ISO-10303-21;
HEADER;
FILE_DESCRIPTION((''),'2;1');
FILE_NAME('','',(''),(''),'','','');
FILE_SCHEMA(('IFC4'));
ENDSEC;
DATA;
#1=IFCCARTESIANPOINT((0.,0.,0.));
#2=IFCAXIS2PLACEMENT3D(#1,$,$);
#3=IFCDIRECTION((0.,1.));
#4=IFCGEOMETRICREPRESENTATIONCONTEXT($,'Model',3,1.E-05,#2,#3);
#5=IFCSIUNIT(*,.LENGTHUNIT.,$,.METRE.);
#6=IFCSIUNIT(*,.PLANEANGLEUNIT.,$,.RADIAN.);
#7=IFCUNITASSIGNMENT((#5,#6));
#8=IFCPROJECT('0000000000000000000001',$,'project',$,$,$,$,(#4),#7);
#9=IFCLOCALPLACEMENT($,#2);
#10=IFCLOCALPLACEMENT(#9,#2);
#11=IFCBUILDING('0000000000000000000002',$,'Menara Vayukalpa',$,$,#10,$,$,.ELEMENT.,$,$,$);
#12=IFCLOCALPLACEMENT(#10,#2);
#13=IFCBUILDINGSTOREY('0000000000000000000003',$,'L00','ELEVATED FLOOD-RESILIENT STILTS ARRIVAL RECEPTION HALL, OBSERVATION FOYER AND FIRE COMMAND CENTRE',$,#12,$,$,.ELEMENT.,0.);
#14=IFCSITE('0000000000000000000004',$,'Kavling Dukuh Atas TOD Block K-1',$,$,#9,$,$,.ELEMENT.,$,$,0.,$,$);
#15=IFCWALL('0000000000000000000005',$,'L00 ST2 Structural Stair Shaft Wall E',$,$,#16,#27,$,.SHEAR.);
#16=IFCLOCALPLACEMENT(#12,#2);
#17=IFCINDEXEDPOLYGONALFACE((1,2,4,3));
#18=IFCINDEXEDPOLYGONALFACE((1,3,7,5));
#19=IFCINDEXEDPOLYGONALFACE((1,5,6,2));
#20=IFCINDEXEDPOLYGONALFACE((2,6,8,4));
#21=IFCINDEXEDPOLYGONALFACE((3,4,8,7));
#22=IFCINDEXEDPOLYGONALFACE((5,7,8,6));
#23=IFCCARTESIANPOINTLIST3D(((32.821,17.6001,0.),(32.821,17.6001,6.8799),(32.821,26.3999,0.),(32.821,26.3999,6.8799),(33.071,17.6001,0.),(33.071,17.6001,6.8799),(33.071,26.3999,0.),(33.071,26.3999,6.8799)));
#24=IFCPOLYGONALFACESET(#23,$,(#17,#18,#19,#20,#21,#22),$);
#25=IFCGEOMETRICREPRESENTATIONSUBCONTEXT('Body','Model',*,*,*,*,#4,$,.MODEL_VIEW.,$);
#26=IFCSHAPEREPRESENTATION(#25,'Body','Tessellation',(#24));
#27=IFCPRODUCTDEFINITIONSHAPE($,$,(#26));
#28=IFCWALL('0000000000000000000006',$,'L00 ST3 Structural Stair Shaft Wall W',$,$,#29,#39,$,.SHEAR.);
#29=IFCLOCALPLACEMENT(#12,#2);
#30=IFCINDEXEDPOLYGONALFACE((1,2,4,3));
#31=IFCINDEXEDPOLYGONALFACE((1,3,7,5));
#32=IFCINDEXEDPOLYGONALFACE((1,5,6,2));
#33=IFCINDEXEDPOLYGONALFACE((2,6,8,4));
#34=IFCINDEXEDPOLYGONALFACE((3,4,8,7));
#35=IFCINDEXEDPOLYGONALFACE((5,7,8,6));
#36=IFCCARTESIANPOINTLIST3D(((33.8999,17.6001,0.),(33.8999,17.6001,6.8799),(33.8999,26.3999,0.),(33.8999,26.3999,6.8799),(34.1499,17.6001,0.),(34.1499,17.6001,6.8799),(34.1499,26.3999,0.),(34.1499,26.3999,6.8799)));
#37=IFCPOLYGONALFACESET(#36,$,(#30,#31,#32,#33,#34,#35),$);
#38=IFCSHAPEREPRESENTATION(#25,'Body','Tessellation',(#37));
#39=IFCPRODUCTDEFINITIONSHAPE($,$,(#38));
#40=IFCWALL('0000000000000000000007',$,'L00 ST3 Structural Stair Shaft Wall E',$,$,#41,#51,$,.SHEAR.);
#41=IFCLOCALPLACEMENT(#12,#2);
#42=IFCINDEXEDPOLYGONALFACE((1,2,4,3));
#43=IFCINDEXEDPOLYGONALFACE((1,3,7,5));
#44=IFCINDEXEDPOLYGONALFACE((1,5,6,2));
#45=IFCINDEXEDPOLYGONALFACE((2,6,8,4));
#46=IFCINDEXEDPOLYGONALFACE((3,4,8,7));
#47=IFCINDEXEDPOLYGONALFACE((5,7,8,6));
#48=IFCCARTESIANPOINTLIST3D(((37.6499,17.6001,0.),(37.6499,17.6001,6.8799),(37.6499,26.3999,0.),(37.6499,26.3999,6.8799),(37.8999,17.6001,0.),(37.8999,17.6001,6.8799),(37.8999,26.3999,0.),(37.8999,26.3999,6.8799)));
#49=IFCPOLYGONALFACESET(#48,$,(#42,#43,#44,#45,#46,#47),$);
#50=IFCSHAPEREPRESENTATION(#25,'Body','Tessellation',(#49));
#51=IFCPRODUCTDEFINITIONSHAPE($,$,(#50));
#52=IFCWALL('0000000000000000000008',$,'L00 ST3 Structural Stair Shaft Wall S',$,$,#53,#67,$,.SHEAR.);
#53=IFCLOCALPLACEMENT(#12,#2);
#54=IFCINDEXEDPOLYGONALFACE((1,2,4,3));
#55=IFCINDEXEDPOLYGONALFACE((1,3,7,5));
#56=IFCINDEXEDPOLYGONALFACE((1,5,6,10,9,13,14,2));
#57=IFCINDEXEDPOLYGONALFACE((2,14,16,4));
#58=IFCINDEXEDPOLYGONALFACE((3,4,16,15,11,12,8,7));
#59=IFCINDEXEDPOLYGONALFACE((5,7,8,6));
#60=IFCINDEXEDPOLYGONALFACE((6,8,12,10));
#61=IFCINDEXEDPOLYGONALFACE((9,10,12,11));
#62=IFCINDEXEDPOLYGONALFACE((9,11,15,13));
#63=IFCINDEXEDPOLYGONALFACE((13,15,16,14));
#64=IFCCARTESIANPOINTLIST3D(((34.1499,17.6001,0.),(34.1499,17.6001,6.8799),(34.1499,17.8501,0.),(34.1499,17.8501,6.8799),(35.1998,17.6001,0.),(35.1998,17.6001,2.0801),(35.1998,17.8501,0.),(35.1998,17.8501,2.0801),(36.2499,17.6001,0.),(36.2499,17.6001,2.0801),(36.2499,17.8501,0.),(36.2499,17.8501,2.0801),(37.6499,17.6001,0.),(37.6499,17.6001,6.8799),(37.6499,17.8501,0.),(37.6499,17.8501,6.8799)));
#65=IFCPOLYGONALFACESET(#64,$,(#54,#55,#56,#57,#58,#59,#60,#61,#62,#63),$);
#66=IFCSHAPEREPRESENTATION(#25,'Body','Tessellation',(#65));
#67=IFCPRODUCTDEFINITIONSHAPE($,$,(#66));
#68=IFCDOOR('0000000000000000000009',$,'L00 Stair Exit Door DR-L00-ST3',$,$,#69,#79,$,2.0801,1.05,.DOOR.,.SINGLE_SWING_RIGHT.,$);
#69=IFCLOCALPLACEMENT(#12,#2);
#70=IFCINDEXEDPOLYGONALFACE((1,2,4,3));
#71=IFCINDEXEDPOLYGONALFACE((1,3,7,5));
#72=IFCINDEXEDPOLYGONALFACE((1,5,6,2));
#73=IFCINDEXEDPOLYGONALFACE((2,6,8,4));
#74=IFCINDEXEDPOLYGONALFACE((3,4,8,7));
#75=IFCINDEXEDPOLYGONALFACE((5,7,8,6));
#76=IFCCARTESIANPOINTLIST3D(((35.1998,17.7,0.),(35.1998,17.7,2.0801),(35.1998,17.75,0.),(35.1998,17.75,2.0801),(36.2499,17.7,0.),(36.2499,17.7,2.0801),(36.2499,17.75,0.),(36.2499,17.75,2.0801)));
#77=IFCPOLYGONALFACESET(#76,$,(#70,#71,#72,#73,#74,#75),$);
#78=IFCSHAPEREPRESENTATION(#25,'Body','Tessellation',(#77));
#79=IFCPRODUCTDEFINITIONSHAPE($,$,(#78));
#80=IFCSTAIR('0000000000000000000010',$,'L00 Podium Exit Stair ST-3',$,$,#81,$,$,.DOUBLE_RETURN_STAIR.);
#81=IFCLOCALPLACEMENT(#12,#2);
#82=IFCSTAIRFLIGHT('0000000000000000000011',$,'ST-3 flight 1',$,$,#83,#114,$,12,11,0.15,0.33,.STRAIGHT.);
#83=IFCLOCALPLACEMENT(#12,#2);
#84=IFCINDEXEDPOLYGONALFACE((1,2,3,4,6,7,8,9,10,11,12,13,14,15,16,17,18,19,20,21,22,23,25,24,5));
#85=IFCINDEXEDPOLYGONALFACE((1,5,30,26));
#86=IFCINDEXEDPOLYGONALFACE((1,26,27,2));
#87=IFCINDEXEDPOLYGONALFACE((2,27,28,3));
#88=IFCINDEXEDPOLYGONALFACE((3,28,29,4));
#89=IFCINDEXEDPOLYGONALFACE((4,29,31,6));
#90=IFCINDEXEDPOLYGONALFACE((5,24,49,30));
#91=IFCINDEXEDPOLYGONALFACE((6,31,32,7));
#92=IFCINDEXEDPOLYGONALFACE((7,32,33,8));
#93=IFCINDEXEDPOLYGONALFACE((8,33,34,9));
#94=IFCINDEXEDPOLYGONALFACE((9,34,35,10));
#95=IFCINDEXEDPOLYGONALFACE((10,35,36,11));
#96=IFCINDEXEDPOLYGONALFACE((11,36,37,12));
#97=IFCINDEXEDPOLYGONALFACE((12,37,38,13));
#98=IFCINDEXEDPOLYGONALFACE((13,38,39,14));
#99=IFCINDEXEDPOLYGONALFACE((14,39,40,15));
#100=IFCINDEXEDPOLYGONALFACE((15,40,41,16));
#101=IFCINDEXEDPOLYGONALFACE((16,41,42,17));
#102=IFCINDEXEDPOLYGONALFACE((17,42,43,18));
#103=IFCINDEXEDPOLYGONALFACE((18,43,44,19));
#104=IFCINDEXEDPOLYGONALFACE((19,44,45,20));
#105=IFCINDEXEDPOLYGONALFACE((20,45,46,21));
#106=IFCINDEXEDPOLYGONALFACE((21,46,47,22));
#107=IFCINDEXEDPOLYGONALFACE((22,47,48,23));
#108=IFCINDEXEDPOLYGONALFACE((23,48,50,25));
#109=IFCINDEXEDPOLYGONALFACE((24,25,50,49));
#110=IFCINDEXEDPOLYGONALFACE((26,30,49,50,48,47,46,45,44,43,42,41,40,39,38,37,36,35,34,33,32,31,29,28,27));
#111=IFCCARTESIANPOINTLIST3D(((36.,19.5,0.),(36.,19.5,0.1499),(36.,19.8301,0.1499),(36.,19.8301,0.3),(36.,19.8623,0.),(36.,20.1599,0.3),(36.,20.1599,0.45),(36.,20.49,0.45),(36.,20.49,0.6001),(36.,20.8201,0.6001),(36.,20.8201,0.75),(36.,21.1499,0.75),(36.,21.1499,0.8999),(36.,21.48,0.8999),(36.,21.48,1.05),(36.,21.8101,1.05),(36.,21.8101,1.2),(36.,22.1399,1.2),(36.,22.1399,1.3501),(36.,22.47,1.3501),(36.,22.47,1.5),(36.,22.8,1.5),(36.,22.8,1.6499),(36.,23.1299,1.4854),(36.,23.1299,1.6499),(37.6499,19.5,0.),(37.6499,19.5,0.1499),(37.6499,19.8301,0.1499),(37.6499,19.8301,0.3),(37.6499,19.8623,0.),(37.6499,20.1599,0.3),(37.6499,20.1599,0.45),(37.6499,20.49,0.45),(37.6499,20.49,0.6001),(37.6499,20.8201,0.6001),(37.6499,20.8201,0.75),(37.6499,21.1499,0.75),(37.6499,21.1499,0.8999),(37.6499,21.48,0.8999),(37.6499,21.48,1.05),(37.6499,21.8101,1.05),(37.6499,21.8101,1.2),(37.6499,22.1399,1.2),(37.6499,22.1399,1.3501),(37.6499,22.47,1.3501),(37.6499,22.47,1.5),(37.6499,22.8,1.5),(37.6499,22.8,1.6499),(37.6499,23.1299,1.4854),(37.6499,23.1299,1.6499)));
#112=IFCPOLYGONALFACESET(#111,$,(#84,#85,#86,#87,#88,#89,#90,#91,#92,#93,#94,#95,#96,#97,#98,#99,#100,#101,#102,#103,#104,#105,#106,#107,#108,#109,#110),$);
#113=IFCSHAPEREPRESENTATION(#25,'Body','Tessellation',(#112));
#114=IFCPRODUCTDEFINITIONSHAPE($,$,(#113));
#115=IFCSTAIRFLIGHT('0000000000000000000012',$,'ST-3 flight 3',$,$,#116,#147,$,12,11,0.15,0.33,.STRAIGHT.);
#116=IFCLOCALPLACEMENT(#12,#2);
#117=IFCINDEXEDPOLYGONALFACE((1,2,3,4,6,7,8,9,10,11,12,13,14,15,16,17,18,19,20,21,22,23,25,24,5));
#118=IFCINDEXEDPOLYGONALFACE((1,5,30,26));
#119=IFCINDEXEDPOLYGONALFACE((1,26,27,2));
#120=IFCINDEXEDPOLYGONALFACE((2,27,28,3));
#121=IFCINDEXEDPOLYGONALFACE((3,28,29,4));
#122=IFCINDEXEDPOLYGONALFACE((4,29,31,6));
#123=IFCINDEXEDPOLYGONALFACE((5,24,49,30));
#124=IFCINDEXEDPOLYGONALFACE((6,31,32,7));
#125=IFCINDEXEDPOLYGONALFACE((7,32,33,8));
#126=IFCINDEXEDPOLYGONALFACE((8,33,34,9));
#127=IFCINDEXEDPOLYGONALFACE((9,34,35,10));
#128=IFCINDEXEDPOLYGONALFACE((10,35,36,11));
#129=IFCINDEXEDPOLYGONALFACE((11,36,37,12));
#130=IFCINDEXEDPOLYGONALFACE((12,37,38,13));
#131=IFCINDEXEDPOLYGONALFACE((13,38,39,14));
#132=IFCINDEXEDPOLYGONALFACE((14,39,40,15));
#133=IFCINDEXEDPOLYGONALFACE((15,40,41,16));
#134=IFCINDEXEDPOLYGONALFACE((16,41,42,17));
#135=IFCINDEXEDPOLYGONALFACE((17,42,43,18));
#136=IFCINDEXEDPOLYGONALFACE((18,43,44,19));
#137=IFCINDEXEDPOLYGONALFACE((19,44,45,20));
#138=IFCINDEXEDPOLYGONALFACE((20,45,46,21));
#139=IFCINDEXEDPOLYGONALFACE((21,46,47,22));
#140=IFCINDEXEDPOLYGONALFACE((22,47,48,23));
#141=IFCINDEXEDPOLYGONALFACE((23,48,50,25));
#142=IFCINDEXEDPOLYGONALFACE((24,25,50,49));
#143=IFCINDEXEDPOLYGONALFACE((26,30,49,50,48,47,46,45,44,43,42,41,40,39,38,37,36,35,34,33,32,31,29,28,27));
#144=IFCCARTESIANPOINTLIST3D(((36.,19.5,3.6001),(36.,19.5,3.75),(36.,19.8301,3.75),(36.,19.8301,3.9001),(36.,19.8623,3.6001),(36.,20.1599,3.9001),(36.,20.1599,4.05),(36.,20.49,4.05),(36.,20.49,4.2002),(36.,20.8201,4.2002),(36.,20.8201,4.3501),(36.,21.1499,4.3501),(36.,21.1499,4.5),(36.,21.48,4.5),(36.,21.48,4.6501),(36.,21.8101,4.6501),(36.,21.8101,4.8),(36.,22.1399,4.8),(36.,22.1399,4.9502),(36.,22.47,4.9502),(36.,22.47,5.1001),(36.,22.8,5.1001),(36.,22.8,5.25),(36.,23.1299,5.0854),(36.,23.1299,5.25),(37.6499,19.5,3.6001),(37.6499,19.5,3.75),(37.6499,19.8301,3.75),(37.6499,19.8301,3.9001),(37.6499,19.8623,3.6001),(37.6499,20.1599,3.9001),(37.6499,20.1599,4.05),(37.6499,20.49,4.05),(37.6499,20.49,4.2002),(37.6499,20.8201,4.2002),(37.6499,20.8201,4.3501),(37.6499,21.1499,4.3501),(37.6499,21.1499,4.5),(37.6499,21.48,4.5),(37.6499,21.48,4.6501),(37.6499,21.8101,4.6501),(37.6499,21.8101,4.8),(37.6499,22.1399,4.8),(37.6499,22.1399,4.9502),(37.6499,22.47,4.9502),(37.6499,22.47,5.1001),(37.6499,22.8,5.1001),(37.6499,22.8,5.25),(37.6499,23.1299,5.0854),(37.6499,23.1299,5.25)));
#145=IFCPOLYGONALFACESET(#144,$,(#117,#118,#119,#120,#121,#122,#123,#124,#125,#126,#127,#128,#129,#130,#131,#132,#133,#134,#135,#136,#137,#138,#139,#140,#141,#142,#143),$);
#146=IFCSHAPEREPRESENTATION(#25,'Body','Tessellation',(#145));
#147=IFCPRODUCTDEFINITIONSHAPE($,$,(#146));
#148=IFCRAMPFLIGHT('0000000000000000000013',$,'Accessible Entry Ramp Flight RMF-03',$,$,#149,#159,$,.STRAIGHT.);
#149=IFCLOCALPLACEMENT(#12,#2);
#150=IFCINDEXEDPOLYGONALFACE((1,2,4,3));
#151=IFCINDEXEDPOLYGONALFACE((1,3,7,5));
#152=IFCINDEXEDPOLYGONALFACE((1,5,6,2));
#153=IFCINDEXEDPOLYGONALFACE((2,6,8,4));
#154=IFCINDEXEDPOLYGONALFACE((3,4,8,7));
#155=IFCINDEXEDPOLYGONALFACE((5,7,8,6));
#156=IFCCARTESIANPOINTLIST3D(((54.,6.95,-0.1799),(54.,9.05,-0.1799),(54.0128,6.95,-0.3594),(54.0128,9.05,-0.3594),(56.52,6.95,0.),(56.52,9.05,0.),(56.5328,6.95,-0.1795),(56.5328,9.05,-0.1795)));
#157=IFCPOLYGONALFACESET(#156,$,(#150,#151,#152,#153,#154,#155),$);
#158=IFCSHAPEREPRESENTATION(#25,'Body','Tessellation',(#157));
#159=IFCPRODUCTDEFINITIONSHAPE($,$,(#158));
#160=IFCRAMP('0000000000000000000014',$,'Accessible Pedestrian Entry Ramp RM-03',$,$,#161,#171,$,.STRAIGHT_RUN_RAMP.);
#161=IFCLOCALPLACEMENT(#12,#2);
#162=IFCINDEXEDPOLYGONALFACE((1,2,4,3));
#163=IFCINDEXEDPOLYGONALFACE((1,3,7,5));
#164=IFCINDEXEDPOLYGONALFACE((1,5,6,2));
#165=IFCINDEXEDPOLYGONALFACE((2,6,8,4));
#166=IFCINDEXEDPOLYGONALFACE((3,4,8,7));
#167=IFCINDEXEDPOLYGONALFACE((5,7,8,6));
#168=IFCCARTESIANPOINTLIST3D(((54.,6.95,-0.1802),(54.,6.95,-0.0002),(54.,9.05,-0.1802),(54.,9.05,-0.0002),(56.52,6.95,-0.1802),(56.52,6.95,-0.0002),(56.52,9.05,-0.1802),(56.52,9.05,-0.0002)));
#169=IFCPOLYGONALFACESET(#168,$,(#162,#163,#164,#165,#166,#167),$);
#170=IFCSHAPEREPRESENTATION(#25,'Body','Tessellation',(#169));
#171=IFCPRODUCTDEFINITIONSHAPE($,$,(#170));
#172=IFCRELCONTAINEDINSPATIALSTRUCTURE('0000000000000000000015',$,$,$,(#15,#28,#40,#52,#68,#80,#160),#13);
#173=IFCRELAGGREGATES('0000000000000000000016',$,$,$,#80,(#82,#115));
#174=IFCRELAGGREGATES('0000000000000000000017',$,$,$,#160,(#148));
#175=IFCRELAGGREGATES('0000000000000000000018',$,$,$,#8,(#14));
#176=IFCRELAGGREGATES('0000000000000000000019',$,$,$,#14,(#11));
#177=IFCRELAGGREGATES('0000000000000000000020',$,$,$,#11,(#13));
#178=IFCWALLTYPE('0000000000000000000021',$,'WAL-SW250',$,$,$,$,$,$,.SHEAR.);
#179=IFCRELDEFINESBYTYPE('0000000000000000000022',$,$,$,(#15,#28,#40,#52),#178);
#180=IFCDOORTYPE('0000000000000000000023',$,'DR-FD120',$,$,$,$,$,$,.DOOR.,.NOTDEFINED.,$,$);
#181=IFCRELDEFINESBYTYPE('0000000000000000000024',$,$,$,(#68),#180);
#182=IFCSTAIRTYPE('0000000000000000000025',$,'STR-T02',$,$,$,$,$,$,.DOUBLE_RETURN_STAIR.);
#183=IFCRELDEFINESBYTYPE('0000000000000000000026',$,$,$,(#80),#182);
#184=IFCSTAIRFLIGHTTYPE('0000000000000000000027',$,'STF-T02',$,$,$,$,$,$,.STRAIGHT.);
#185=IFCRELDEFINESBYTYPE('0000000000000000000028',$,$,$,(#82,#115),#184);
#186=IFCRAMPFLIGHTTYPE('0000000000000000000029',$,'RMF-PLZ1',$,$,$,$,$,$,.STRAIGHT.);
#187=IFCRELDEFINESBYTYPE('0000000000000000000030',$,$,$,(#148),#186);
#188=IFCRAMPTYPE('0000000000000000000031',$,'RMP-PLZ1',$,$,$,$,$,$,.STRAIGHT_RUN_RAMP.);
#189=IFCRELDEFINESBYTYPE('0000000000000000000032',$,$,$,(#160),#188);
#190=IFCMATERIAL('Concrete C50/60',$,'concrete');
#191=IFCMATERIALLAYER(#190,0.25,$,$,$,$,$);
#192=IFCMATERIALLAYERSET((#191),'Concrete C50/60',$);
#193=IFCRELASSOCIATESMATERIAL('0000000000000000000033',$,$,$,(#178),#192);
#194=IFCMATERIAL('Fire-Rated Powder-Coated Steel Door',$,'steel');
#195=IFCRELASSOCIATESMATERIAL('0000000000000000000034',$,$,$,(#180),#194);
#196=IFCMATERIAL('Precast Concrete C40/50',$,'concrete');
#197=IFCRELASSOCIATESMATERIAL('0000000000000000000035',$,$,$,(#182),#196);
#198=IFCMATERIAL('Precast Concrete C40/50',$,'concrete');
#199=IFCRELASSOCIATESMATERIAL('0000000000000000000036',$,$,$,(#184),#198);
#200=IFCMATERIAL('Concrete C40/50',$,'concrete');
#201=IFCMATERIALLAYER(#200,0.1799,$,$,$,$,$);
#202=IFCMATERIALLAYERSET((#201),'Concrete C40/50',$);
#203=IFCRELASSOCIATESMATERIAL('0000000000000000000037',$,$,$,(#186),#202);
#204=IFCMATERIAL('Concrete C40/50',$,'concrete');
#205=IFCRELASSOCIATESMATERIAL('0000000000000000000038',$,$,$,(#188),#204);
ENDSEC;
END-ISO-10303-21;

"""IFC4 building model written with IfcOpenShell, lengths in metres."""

from ifc_helpers import new_model, si_unit, direction, frame, frame_2d, origin, origin_2d, place, context, subcontext, project, spatial, polyline, rectangle, outline, extrude, material, layer, layer_set, type_object, element, fill, aggregate, save


model = new_model("IFC4")

# Units and contexts
model_context = context("Model", 3, precision=1e-05, world=origin(), true_north=direction((0.0, 1.0)))
body_context = subcontext(model_context, "Body", "Model", "MODEL_VIEW")
ifc_project = project(units=[si_unit("LENGTHUNIT", "METRE"), si_unit("PLANEANGLEUNIT", "RADIAN")], contexts=[model_context])

# Site, building, storey
site_placement = place(None, origin())
site = spatial("IfcSite", under=ifc_project, at=site_placement, Name="Kavling Dukuh Atas TOD Block K-1", CompositionType="ELEMENT", RefElevation=0.0)
building_placement = place(site_placement, origin())
building = spatial("IfcBuilding", under=site, at=building_placement, Name="Menara Vayukalpa", CompositionType="ELEMENT")
storey_placement = place(building_placement, origin())
storey = spatial("IfcBuildingStorey", under=building, at=storey_placement, Name="L00", Description="ELEVATED FLOOD-RESILIENT STILTS ARRIVAL RECEPTION HALL, OBSERVATION FOYER AND FIRE COMMAND CENTRE", CompositionType="ELEMENT", Elevation=0.0)

# Walls
ifc_material_1 = material(Name="Concrete C50/60", Category="concrete")
ifc_layer_1 = layer(ifc_material_1, 0.25)
ifc_layer_set_1 = layer_set([ifc_layer_1], Name="Concrete C50/60")
wall_type_1 = type_object("IfcWallType", Name="WAL-SW250", PredefinedType="SHEAR", material=ifc_layer_set_1)
for number, where, z_axis, x_axis, name in (
    (1, (32.946, 17.6001, 0.0), (0.0, 0.0, 1.0), (0.0, 1.0, 0.0), "L00 ST2 Structural Stair Shaft Wall E"),
    (2, (34.0249, 17.6001, 0.0), (0.0, 0.0, 1.0), (0.0, 1.0, 0.0), "L00 ST3 Structural Stair Shaft Wall W"),
    (3, (37.7749, 17.6001, 0.0), (0.0, 0.0, 1.0), (0.0, 1.0, 0.0), "L00 ST3 Structural Stair Shaft Wall E"),
):
    element("IfcWall", number, at=place(storey_placement, frame(where, z_axis=z_axis, x_axis=x_axis)), inside=storey, type_object=wall_type_1, Name=name, PredefinedType="SHEAR", context=body_context, shape_type="SweptSolid", body=[
        extrude(rectangle(XDim=8.7998, YDim=0.25, at=frame_2d((4.3999, 0.0))), origin(), (0.0, 0.0, 1.0), 6.8799),
    ])

# Wall, opening, door
wall_1_placement = place(storey_placement, frame((34.1499, 17.7251, 0.0), z_axis=(0.0, 0.0, 1.0), x_axis=(1.0, 0.0, 0.0)))
wall_1 = element("IfcWall", 4, at=wall_1_placement, inside=storey, type_object=wall_type_1, Name="L00 ST3 Structural Stair Shaft Wall S", PredefinedType="SHEAR", context=body_context, shape_type="SweptSolid", body=[
    extrude(rectangle(XDim=3.5, YDim=0.25, at=frame_2d((1.75, 0.0))), origin(), (0.0, 0.0, 1.0), 6.8799),
])
opening_1_placement = place(wall_1_placement, frame((1.05, 0.0, 0.0)))
opening_1 = element("IfcOpeningElement", 5, at=opening_1_placement, cuts=wall_1, PredefinedType="OPENING", context=body_context, shape_type="SweptSolid", body=[
    extrude(rectangle(XDim=1.05, YDim=2.0801, at=frame_2d((0.5249, 1.04))), frame((0.0, 0.135, 0.0), z_axis=(0.0, -1.0, 0.0), x_axis=(1.0, 0.0, 0.0)), (0.0, 0.0, 1.0), 0.27),
])
ifc_material_2 = material(Name="Fire-Rated Powder-Coated Steel Door", Category="steel")
door_type_1 = type_object("IfcDoorType", Name="DR-FD120", OperationType="NOTDEFINED", PredefinedType="DOOR", material=ifc_material_2)
door_1_placement = place(opening_1_placement, origin())
door_1 = element("IfcDoor", 6, at=door_1_placement, inside=storey, type_object=door_type_1, Name="L00 Stair Exit Door DR-L00-ST3", OperationType="SINGLE_SWING_RIGHT", OverallHeight=2.0801, OverallWidth=1.05, PredefinedType="DOOR", context=body_context, shape_type="SweptSolid", body=[
    extrude(rectangle(XDim=1.05, YDim=2.0801, at=frame_2d((0.5249, 1.04))), frame((0.0, 0.0249, 0.0), z_axis=(0.0, -1.0, 0.0), x_axis=(1.0, 0.0, 0.0)), (0.0, 0.0, 1.0), 0.05),
])
fill(opening_1, door_1)

# Stair, stair flights
ifc_material_3 = material(Name="Precast Concrete C40/50", Category="concrete")
stair_type = type_object("IfcStairType", Name="STR-T02", PredefinedType="DOUBLE_RETURN_STAIR", material=ifc_material_3)
stair_placement = place(storey_placement, origin())
stair = element("IfcStair", 7, at=stair_placement, inside=storey, type_object=stair_type, Name="L00 Podium Exit Stair ST-3", PredefinedType="DOUBLE_RETURN_STAIR")
ifc_material_4 = material(Name="Precast Concrete C40/50", Category="concrete")
stair_flight_type = type_object("IfcStairFlightType", Name="STF-T02", PredefinedType="STRAIGHT", material=ifc_material_4)
stair_flight_1_placement = place(storey_placement, frame((36.825, 19.5, 0.0), z_axis=(0.0, 0.0, 1.0), x_axis=(0.0, 1.0, 0.0)))
stair_flight_1 = element("IfcStairFlight", 8, at=stair_flight_1_placement, type_object=stair_flight_type, Name="ST-3 flight 1", NumberOfRisers=12, NumberOfTreads=11, PredefinedType="STRAIGHT", RiserHeight=0.15, TreadLength=0.33, context=body_context, shape_type="SweptSolid", body=[
    extrude(outline(polyline([(0.0, 0.0), (0.0, 0.1499), (0.3301, 0.1499), (0.3301, 0.3), (0.6599, 0.3), (0.6599, 0.45), (0.99, 0.45), (0.99, 0.6001), (1.3201, 0.6001), (1.3201, 0.75), (1.6499, 0.75), (1.6499, 0.8999), (1.98, 0.8999), (1.98, 1.05), (2.3101, 1.05), (2.3101, 1.2), (2.6399, 1.2), (2.6399, 1.3501), (2.97, 1.3501), (2.97, 1.5), (3.3, 1.5), (3.3, 1.6499), (3.6299, 1.6499), (3.6299, 1.8), (3.6299, 1.4854), (0.3623, 0.0), (0.0, 0.0)])), frame((0.0, 0.825, 0.0), z_axis=(0.0, -1.0, 0.0), x_axis=(1.0, 0.0, 0.0)), (0.0, 0.0, 1.0), 1.6499),
])
stair_flight_2_placement = place(storey_placement, frame((36.825, 19.5, 3.6001), z_axis=(0.0, 0.0, 1.0), x_axis=(0.0, 1.0, 0.0)))
stair_flight_2 = element("IfcStairFlight", 9, at=stair_flight_2_placement, type_object=stair_flight_type, Name="ST-3 flight 3", NumberOfRisers=12, NumberOfTreads=11, PredefinedType="STRAIGHT", RiserHeight=0.15, TreadLength=0.33, context=body_context, shape_type="SweptSolid", body=[
    extrude(outline(polyline([(0.0, 0.0), (0.0, 0.1499), (0.3301, 0.1499), (0.3301, 0.3), (0.6599, 0.3), (0.6599, 0.45), (0.99, 0.45), (0.99, 0.6001), (1.3201, 0.6001), (1.3201, 0.75), (1.6499, 0.75), (1.6499, 0.8999), (1.98, 0.8999), (1.98, 1.05), (2.3101, 1.05), (2.3101, 1.2), (2.6399, 1.2), (2.6399, 1.3501), (2.97, 1.3501), (2.97, 1.5), (3.3, 1.5), (3.3, 1.6499), (3.6299, 1.6499), (3.6299, 1.8), (3.6299, 1.4854), (0.3623, 0.0), (0.0, 0.0)])), frame((0.0, 0.825, 0.0), z_axis=(0.0, -1.0, 0.0), x_axis=(1.0, 0.0, 0.0)), (0.0, 0.0, 1.0), 1.6499),
])
aggregate(stair, [stair_flight_1, stair_flight_2])

# Ramp flight
ifc_material_5 = material(Name="Concrete C40/50", Category="concrete")
ifc_layer_2 = layer(ifc_material_5, 0.1799)
ifc_layer_set_2 = layer_set([ifc_layer_2], Name="Concrete C40/50")
ramp_flight_type = type_object("IfcRampFlightType", Name="RMF-PLZ1", PredefinedType="STRAIGHT", material=ifc_layer_set_2)
ramp_flight_1_placement = place(storey_placement, frame((54.0, 6.95, -0.1799), z_axis=(-0.07122, 0.0, 0.997461), x_axis=(0.997461, 0.0, 0.07122)))
ramp_flight_1 = element("IfcRampFlight", 10, at=ramp_flight_1_placement, type_object=ramp_flight_type, Name="Accessible Entry Ramp Flight RMF-03", PredefinedType="STRAIGHT", context=body_context, shape_type="SweptSolid", body=[
    extrude(outline(polyline([(0.0, 0.0), (2.5264, 0.0), (2.5264, 2.1001), (0.0, 2.1001), (0.0, 0.0)])), origin(), (0.0, 0.0, -1.0), 0.1799),
])

# Ramp
ifc_material_6 = material(Name="Concrete C40/50", Category="concrete")
ramp_type = type_object("IfcRampType", Name="RMP-PLZ1", PredefinedType="STRAIGHT_RUN_RAMP", material=ifc_material_6)
ramp_1_placement = place(storey_placement, frame((55.26, 8.0, -0.1802), z_axis=(0.0, 0.0, 1.0), x_axis=(1.0, 0.0, 0.0)))
ramp_1 = element("IfcRamp", 11, at=ramp_1_placement, inside=storey, type_object=ramp_type, Name="Accessible Pedestrian Entry Ramp RM-03", PredefinedType="STRAIGHT_RUN_RAMP", context=body_context, shape_type="SweptSolid", body=[
    extrude(rectangle(XDim=2.52, YDim=2.1001, at=origin_2d()), origin(), (0.0, 0.0, 1.0), 0.1799),
])
aggregate(ramp_1, [ramp_flight_1])

save(model, "model.ifc")
